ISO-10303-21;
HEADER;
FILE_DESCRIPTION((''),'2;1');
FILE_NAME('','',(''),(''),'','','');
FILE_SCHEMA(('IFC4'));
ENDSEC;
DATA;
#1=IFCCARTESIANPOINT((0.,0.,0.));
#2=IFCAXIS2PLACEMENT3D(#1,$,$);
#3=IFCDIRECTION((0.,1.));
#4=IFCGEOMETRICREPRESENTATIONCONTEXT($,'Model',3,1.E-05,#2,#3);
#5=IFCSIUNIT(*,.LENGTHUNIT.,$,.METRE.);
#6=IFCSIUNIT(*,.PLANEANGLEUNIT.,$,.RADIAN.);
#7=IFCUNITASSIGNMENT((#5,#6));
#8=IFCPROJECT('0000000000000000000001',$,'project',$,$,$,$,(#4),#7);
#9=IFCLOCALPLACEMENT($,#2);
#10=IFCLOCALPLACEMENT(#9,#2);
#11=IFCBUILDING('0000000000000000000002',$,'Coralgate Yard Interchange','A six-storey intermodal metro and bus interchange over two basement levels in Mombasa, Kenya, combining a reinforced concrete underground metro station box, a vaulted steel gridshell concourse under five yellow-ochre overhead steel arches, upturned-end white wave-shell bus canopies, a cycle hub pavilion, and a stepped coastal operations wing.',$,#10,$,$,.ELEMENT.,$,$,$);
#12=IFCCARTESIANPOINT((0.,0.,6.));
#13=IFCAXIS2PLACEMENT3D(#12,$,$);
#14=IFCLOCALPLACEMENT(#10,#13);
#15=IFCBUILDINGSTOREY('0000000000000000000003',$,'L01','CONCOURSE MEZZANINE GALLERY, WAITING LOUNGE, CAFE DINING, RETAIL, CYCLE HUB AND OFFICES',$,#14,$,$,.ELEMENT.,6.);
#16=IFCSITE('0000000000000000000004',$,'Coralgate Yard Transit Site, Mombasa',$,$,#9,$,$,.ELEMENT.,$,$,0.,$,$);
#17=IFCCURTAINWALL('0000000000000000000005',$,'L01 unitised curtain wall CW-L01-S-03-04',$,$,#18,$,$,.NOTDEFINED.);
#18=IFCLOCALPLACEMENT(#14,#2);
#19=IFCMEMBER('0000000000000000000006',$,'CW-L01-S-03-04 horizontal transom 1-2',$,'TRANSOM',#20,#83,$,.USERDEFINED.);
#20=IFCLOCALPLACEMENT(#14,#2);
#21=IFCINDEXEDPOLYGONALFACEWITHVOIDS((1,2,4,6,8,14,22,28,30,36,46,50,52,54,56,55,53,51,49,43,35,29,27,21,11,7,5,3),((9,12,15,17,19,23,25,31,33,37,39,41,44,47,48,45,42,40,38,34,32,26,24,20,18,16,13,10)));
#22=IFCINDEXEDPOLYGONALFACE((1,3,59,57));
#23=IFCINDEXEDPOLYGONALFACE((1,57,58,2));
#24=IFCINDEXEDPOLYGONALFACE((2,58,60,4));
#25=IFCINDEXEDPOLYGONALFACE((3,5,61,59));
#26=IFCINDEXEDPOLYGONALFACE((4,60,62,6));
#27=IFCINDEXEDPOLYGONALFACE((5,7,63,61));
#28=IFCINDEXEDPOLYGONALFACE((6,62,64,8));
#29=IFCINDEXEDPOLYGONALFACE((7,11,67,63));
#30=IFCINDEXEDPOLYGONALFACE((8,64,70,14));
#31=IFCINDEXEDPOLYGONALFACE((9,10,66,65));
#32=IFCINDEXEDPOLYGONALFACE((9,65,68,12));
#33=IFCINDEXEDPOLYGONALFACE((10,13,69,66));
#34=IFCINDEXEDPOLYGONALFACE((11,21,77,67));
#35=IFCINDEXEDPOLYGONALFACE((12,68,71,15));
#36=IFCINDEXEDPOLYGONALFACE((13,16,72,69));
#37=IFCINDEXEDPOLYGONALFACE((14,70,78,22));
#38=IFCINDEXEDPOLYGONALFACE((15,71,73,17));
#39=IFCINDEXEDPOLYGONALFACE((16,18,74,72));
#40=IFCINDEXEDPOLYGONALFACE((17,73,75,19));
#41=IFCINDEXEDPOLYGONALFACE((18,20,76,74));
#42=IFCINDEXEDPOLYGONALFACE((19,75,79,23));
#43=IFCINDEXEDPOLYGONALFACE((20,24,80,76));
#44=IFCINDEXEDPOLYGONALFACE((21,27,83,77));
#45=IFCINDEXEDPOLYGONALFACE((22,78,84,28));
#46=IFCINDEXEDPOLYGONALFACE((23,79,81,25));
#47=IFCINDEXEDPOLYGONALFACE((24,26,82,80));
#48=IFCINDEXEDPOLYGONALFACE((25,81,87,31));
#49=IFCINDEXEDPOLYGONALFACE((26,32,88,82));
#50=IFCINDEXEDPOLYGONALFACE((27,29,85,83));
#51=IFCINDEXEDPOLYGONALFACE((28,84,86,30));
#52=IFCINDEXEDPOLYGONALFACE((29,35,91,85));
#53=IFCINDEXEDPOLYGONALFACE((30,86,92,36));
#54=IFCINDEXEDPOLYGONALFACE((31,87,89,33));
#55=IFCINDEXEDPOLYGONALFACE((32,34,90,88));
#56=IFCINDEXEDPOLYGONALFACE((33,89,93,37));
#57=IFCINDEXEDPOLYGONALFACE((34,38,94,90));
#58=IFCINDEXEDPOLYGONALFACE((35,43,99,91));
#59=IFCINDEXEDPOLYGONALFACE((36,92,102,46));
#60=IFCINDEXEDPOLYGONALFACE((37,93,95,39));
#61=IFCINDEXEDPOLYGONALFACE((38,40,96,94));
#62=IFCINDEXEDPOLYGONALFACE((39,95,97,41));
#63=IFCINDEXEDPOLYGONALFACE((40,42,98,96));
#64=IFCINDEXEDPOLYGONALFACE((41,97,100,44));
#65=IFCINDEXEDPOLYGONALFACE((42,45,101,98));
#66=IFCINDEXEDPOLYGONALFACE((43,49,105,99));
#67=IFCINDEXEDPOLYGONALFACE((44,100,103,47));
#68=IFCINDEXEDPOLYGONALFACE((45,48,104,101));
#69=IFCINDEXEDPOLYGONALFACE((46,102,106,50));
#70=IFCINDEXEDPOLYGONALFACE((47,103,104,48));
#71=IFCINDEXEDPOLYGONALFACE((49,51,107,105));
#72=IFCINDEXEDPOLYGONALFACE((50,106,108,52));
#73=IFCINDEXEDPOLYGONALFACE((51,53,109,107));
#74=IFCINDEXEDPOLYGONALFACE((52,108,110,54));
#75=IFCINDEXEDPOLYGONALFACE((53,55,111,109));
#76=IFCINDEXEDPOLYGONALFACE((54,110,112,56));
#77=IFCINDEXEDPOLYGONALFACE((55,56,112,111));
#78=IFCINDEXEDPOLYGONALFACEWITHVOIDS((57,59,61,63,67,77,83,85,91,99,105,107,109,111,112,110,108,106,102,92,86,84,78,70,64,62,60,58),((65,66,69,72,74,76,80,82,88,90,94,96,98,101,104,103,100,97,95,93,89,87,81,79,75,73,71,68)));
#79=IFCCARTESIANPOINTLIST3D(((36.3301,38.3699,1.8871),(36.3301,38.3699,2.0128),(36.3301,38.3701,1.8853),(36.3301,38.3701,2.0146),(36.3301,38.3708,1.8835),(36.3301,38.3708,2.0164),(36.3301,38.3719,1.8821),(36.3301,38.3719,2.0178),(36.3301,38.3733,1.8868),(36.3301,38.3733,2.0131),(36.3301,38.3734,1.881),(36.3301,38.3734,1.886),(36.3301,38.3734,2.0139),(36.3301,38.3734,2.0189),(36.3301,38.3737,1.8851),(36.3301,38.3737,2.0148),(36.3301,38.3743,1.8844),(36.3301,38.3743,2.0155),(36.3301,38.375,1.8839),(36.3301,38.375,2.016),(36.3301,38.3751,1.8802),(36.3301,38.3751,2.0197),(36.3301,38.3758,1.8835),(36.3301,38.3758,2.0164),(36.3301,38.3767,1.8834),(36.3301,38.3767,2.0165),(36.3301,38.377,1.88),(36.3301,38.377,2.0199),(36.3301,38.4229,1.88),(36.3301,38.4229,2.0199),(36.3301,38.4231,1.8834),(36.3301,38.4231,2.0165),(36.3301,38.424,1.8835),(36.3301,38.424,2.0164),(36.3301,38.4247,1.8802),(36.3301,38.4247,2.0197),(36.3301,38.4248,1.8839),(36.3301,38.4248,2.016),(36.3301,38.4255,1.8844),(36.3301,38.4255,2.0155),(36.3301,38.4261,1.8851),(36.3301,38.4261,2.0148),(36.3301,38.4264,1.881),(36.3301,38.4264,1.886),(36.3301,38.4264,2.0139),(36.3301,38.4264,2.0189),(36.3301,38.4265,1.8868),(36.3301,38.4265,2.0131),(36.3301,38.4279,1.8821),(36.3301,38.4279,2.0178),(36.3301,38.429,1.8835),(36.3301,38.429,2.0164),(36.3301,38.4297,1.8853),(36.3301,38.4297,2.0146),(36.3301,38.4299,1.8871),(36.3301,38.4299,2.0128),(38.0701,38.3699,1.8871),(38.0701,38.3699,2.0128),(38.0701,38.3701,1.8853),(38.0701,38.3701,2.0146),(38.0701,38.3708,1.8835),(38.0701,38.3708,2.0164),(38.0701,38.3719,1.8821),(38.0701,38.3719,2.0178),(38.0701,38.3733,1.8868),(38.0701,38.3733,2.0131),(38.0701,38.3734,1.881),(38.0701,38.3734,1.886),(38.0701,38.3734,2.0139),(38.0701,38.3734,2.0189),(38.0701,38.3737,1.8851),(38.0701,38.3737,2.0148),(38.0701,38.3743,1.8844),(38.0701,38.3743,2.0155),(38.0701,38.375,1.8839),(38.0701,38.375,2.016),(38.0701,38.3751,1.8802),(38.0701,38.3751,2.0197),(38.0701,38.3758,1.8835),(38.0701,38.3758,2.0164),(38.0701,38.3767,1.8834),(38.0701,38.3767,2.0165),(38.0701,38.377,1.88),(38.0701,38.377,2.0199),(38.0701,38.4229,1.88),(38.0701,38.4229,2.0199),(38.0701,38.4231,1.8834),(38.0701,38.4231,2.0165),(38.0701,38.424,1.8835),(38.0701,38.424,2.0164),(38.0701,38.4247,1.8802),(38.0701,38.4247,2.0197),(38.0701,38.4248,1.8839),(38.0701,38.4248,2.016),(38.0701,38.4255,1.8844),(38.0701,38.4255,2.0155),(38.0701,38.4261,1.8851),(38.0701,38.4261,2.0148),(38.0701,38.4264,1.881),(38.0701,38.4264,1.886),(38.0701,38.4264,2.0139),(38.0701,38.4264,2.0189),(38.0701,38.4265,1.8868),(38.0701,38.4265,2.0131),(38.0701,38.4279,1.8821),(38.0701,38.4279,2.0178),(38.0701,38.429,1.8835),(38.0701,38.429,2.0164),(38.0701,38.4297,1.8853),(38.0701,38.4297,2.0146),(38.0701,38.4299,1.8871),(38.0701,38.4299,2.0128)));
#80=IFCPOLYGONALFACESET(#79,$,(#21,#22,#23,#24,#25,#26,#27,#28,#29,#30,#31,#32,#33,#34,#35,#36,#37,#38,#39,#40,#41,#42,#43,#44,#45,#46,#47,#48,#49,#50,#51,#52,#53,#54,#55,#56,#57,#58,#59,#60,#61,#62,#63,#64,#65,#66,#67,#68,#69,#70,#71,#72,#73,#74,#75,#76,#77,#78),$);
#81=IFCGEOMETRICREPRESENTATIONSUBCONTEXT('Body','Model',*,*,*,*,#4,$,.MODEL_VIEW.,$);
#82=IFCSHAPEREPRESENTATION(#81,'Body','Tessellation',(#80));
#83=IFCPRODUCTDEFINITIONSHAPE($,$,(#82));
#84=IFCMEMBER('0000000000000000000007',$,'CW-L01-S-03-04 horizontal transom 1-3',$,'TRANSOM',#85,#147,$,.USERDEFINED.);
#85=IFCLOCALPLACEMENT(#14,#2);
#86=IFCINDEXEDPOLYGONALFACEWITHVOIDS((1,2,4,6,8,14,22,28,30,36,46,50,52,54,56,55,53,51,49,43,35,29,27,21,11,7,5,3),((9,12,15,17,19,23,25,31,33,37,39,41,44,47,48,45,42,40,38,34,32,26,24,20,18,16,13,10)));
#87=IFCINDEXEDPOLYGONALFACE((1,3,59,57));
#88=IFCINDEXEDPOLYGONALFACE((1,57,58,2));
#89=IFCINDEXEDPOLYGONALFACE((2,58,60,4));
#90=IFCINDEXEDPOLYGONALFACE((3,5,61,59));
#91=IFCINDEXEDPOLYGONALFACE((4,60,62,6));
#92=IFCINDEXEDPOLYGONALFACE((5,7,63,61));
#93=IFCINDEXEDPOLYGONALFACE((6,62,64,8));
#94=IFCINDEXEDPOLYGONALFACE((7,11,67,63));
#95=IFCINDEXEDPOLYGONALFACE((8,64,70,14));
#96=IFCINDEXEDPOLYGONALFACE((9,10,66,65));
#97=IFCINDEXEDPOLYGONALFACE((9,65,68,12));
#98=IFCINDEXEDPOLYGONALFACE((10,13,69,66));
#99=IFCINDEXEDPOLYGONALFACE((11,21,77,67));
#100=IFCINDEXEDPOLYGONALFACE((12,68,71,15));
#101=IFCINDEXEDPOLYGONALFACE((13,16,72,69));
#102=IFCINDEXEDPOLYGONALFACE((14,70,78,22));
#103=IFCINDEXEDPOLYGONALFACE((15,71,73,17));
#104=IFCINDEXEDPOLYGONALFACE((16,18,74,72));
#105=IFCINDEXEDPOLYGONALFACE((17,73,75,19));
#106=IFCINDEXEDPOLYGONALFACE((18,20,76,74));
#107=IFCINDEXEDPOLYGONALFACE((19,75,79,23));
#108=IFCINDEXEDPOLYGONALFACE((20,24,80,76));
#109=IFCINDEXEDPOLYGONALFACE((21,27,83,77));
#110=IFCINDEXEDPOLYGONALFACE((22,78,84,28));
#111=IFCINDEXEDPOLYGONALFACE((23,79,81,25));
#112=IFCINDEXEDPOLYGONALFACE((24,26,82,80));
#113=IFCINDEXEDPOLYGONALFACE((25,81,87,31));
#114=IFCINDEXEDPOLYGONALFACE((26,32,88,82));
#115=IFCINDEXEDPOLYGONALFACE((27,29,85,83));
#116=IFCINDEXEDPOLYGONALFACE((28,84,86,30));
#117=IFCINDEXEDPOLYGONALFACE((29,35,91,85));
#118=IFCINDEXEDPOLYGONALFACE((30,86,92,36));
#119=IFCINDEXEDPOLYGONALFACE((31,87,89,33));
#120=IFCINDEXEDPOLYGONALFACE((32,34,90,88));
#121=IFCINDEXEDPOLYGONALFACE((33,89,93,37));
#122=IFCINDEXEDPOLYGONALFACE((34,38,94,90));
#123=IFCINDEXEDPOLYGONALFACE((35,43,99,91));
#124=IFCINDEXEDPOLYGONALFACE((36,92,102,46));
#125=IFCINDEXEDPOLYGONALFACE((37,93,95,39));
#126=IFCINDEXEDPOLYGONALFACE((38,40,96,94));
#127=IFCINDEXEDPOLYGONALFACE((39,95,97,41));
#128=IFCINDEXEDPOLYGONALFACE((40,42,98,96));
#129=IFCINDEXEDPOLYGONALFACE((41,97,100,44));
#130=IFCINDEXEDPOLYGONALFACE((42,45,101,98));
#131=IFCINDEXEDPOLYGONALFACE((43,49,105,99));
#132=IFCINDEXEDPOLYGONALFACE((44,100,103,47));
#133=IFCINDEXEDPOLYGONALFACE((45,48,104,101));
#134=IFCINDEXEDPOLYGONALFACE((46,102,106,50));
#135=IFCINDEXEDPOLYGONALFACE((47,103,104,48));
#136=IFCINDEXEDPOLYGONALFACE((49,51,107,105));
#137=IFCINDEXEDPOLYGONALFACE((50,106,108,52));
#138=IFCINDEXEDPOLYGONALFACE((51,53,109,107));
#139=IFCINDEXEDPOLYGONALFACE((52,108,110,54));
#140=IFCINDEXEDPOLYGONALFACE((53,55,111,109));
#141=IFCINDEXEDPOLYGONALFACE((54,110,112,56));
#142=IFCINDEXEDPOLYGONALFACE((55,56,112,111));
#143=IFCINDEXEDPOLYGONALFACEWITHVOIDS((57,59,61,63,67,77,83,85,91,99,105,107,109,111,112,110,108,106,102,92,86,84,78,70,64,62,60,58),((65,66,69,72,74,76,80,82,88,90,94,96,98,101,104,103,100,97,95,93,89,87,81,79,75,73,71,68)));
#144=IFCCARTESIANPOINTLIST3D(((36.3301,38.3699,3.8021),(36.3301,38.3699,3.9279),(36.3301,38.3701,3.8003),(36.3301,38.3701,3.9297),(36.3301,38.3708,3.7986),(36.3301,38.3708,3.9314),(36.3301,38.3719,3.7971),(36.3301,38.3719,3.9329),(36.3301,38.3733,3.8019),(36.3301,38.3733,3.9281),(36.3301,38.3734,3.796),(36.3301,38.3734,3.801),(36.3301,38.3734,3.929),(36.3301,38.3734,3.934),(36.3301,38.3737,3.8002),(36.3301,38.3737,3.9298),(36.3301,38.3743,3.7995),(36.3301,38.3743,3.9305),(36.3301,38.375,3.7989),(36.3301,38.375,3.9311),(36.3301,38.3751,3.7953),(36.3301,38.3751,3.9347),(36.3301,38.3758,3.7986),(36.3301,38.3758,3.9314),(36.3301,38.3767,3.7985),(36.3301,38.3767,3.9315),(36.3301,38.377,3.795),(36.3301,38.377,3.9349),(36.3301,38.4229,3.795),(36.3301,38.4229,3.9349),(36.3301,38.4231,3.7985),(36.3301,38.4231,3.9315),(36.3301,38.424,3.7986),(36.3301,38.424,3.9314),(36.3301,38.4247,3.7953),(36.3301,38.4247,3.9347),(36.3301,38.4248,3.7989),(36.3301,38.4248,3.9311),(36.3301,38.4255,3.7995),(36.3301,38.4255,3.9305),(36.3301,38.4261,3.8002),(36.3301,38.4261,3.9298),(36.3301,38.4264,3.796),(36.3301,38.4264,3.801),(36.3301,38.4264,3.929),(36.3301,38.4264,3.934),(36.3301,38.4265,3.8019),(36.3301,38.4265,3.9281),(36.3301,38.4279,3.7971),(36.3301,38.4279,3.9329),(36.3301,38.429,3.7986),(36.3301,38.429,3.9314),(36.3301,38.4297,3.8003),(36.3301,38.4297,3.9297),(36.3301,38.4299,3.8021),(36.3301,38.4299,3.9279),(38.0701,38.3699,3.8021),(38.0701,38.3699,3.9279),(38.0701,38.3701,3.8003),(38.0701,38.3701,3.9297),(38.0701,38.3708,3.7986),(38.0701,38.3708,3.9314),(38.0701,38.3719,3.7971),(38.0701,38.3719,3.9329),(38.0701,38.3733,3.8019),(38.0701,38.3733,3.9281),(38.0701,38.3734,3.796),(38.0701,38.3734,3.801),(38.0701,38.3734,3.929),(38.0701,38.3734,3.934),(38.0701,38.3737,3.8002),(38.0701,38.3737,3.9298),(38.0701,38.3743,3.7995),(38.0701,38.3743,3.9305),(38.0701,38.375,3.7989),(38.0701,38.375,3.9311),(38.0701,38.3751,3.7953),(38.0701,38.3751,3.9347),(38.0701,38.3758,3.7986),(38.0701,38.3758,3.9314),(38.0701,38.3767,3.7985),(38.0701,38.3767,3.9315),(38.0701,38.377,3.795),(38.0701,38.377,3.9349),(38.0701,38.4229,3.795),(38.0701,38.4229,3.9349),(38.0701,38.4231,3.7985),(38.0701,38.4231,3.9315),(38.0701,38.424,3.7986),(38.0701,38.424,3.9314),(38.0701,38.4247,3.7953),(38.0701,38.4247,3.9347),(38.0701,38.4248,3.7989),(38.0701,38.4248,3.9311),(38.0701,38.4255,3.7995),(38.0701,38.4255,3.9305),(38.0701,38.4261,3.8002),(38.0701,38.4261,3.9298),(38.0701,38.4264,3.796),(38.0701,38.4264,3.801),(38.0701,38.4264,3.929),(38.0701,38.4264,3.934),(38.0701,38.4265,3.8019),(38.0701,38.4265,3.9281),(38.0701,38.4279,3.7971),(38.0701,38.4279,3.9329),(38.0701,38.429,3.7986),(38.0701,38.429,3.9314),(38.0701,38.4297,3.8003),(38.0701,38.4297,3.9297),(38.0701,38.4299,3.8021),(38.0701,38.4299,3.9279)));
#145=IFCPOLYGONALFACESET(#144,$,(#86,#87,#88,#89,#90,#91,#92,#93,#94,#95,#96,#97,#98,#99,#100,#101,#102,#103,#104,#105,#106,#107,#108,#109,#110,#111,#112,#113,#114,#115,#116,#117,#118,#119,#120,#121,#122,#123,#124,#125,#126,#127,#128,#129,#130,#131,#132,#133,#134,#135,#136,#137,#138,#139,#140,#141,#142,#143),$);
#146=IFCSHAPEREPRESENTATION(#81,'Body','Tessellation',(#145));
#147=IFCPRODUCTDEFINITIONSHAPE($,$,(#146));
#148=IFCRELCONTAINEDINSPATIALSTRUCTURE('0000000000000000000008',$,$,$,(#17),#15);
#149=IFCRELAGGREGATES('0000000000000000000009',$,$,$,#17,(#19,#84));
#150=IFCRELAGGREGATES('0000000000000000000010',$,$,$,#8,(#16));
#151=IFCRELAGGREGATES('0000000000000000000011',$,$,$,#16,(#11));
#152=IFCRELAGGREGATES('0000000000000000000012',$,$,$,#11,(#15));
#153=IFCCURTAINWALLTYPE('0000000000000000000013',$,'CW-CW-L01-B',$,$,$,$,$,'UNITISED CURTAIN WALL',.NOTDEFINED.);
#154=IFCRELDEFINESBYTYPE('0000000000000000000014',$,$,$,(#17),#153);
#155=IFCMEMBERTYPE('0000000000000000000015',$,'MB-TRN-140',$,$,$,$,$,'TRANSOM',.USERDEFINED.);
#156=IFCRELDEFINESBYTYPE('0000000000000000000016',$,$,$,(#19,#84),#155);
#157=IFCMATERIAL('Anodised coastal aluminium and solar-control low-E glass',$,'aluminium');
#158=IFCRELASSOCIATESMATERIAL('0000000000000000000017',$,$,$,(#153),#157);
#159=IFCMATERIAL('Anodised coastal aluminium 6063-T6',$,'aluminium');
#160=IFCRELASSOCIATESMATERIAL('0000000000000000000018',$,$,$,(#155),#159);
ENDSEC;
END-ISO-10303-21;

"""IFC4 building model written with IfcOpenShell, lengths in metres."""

from ifc_helpers import new_model, si_unit, direction, frame, origin, origin_2d, place, context, subcontext, project, spatial, hollow_rectangle, extrude, material, material_profile, profile_set, type_object, element, aggregate, save


model = new_model("IFC4")

# Units and contexts
model_context = context("Model", 3, precision=1e-05, world=origin(), true_north=direction((0.0, 1.0)))
body_context = subcontext(model_context, "Body", "Model", "MODEL_VIEW")
ifc_project = project(units=[si_unit("LENGTHUNIT", "METRE"), si_unit("PLANEANGLEUNIT", "RADIAN")], contexts=[model_context])

# Site, building, storey
site_placement = place(None, origin())
site = spatial("IfcSite", under=ifc_project, at=site_placement, Name="Coralgate Yard Transit Site, Mombasa", CompositionType="ELEMENT", RefElevation=0.0)
building_placement = place(site_placement, origin())
building = spatial("IfcBuilding", under=site, at=building_placement, Name="Coralgate Yard Interchange", Description="A six-storey intermodal metro and bus interchange over two basement levels in Mombasa, Kenya, combining a reinforced concrete underground metro station box, a vaulted steel gridshell concourse under five yellow-ochre overhead steel arches, upturned-end white wave-shell bus canopies, a cycle hub pavilion, and a stepped coastal operations wing.", CompositionType="ELEMENT")
storey_placement = place(building_placement, frame((0.0, 0.0, 6.0)))
storey = spatial("IfcBuildingStorey", under=building, at=storey_placement, Name="L01", Description="CONCOURSE MEZZANINE GALLERY, WAITING LOUNGE, CAFE DINING, RETAIL, CYCLE HUB AND OFFICES", CompositionType="ELEMENT", Elevation=6.0)

# Curtain wall
ifc_material_1 = material(Name="Anodised coastal aluminium and solar-control low-E glass", Category="aluminium")
curtain_wall_type_1 = type_object("IfcCurtainWallType", Name="CW-CW-L01-B", ElementType="UNITISED CURTAIN WALL", PredefinedType="NOTDEFINED", material=ifc_material_1)
curtain_wall_1_placement = place(storey_placement, origin())
curtain_wall_1 = element("IfcCurtainWall", 1, at=curtain_wall_1_placement, inside=storey, type_object=curtain_wall_type_1, Name="L01 unitised curtain wall CW-L01-S-03-04", PredefinedType="NOTDEFINED")
ifc_material_2 = material(Name="Anodised coastal aluminium 6063-T6", Category="aluminium")

# Members
ifc_material_profile_1 = material_profile(ifc_material_2, hollow_rectangle(XDim=0.0601, YDim=0.1399, WallThickness=0.0034, InnerFilletRadius=0.0034, OuterFilletRadius=0.0071, at=origin_2d()), Name="ALU 60x140x3.5")
ifc_profile_set_1 = profile_set([ifc_material_profile_1], Name="Anodised coastal aluminium 6063-T6")
member_type_1 = type_object("IfcMemberType", Name="MB-TRN-140", ElementType="TRANSOM", PredefinedType="USERDEFINED", material=ifc_profile_set_1)
member_1_placement = place(storey_placement, frame((38.0701, 38.3999, 1.95), z_axis=(-1.0, 0.0, 0.0), x_axis=(0.0, -1.0, 0.0)))
member_1 = element("IfcMember", 2, at=member_1_placement, type_object=member_type_1, Name="CW-L01-S-03-04 horizontal transom 1-2", ObjectType="TRANSOM", PredefinedType="USERDEFINED", context=body_context, shape_type="SweptSolid", body=[
    extrude(hollow_rectangle(XDim=0.0601, YDim=0.1399, WallThickness=0.0034, InnerFilletRadius=0.0034, OuterFilletRadius=0.0071, at=origin_2d()), origin(), (0.0, 0.0, 1.0), 1.74),
])
member_2_placement = place(storey_placement, frame((38.0701, 38.3999, 3.865), z_axis=(-1.0, 0.0, 0.0), x_axis=(0.0, -1.0, 0.0)))
member_2 = element("IfcMember", 3, at=member_2_placement, type_object=member_type_1, Name="CW-L01-S-03-04 horizontal transom 1-3", ObjectType="TRANSOM", PredefinedType="USERDEFINED", context=body_context, shape_type="SweptSolid", body=[
    extrude(hollow_rectangle(XDim=0.0601, YDim=0.1399, WallThickness=0.0034, InnerFilletRadius=0.0034, OuterFilletRadius=0.0071, at=origin_2d()), origin(), (0.0, 0.0, 1.0), 1.74),
])
aggregate(curtain_wall_1, [member_1, member_2])

save(model, "model.ifc")
